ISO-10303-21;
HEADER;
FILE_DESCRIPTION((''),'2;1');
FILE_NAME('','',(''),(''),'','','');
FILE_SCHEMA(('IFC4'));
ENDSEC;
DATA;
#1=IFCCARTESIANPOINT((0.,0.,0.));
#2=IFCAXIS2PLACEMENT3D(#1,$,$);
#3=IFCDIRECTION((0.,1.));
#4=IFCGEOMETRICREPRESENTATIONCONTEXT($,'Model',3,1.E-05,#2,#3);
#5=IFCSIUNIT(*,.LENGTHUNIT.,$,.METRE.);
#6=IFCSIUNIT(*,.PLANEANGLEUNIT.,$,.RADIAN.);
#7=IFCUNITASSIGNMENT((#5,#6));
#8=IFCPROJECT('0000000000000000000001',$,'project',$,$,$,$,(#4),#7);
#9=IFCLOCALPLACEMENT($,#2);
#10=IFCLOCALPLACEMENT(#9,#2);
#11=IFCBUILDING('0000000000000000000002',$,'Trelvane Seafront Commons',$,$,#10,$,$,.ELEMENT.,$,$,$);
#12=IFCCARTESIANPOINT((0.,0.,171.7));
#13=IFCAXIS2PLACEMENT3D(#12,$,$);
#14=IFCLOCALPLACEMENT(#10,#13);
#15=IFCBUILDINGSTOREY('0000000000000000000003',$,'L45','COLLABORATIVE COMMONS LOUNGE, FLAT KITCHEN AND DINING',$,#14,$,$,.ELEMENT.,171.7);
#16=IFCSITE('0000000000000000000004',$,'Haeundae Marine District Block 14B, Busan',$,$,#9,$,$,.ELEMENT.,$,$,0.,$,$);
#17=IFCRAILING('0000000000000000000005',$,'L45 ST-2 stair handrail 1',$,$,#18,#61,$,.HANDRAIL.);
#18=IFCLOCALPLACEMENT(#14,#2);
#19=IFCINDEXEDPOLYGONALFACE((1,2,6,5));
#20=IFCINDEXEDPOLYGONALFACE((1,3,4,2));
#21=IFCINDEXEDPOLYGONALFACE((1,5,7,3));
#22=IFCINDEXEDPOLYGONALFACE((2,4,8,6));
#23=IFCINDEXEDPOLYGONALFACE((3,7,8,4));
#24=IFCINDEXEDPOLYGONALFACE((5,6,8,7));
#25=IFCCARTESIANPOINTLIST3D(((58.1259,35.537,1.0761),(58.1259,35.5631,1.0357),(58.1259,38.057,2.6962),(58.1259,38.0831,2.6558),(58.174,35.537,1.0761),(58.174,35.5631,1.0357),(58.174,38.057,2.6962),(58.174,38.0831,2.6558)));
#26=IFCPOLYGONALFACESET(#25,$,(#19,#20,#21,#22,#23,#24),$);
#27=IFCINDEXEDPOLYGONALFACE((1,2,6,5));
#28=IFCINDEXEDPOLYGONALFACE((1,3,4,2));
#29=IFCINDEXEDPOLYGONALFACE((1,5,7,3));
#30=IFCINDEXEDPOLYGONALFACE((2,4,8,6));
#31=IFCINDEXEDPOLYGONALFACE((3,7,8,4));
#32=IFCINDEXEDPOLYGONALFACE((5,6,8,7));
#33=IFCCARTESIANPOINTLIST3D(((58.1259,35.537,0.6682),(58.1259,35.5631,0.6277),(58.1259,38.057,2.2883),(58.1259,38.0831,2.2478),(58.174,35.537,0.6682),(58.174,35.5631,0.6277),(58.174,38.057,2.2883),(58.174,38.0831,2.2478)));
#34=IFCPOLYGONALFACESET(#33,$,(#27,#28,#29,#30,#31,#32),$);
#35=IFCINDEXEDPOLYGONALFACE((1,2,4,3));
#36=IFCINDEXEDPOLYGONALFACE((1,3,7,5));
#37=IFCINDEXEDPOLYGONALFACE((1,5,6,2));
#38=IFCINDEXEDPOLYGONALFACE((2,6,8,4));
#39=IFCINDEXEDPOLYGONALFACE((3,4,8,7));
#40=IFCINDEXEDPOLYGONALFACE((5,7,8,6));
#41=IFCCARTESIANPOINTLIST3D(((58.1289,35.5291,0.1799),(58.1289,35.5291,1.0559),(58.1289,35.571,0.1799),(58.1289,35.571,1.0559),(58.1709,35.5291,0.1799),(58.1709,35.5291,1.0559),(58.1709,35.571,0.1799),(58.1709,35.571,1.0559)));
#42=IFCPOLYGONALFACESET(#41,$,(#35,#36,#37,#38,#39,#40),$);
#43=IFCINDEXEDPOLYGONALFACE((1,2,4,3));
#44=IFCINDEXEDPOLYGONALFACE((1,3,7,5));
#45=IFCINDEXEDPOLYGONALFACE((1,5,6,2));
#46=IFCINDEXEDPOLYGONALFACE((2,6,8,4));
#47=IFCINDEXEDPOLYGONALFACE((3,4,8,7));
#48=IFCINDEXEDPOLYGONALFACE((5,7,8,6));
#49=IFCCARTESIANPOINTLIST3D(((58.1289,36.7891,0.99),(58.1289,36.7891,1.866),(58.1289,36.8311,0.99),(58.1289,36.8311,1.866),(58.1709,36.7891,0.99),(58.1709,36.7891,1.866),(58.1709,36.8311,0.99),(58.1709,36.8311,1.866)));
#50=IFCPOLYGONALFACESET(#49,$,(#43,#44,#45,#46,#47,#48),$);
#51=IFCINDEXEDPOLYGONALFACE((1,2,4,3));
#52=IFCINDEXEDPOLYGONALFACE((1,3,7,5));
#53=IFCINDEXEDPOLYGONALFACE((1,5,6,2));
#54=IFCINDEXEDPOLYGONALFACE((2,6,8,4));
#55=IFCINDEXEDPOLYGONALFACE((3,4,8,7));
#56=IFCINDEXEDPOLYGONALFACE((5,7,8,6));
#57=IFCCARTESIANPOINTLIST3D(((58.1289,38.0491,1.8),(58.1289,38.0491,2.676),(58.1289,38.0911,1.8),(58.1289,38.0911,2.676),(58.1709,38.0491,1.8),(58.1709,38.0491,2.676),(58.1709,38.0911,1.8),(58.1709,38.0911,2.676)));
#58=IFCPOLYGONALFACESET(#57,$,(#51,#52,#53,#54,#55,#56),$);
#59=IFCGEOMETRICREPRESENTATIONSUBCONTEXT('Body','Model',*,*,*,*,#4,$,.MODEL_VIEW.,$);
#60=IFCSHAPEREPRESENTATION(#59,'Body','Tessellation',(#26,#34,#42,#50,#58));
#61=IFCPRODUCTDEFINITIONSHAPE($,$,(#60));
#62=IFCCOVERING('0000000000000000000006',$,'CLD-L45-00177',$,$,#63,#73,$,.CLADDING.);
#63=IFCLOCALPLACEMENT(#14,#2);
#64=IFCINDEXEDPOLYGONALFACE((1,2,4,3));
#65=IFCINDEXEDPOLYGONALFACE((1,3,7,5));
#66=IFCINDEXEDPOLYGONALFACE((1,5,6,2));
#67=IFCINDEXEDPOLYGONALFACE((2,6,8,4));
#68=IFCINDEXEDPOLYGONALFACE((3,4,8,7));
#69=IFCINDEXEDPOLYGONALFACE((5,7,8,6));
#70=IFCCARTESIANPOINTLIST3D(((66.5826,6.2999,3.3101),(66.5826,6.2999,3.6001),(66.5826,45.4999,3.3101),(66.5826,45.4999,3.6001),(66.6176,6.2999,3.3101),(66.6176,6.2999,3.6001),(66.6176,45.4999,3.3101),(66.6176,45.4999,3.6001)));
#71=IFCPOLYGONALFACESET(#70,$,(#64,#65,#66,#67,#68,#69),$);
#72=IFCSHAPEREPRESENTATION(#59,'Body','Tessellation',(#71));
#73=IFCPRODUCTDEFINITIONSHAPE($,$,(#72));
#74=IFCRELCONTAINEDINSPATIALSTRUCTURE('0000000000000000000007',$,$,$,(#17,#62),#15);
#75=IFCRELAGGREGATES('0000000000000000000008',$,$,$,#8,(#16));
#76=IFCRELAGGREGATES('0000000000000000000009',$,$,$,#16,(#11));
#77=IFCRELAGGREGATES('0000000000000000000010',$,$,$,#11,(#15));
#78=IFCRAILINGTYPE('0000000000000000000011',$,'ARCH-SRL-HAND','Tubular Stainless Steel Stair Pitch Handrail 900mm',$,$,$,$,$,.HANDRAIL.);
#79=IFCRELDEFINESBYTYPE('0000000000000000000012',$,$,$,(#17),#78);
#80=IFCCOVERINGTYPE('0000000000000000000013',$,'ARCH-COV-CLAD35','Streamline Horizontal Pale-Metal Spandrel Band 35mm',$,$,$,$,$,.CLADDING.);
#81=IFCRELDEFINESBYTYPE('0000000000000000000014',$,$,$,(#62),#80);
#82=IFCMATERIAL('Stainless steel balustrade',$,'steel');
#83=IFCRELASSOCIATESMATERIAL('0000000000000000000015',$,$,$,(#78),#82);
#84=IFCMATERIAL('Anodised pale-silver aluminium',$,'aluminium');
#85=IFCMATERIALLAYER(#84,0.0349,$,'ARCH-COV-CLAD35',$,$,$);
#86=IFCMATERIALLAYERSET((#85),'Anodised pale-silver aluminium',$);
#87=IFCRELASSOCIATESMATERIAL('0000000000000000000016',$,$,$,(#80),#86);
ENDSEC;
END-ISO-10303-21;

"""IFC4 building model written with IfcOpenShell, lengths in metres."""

from ifc_helpers import new_model, si_unit, direction, frame, origin, origin_2d, place, context, subcontext, project, spatial, rectangle, extrude, source, transform, mapped, material, layer, layer_set, type_object, element, save


model = new_model("IFC4")

# Units and contexts
model_context = context("Model", 3, precision=1e-05, world=origin(), true_north=direction((0.0, 1.0)))
body_context = subcontext(model_context, "Body", "Model", "MODEL_VIEW")
ifc_project = project(units=[si_unit("LENGTHUNIT", "METRE"), si_unit("PLANEANGLEUNIT", "RADIAN")], contexts=[model_context])

# Site, building, storey
site_placement = place(None, origin())
site = spatial("IfcSite", under=ifc_project, at=site_placement, Name="Haeundae Marine District Block 14B, Busan", CompositionType="ELEMENT", RefElevation=0.0)
building_placement = place(site_placement, origin())
building = spatial("IfcBuilding", under=site, at=building_placement, Name="Trelvane Seafront Commons", CompositionType="ELEMENT")
storey_placement = place(building_placement, frame((0.0, 0.0, 171.7)))
storey = spatial("IfcBuildingStorey", under=building, at=storey_placement, Name="L45", Description="COLLABORATIVE COMMONS LOUNGE, FLAT KITCHEN AND DINING", CompositionType="ELEMENT", Elevation=171.7)

# Railing
ifc_material_1 = material(Name="Stainless steel balustrade", Category="steel")
railing_type_1 = type_object("IfcRailingType", Name="ARCH-SRL-HAND", Description="Tubular Stainless Steel Stair Pitch Handrail 900mm", PredefinedType="HANDRAIL", material=ifc_material_1)
railing_1_placement = place(storey_placement, frame((58.1499, 35.55, 0.1799)))
element("IfcRailing", 1, at=railing_1_placement, inside=storey, type_object=railing_type_1, Name="L45 ST-2 stair handrail 1", PredefinedType="HANDRAIL", context=body_context, shape_type="SweptSolid", body=[
    extrude(rectangle(XDim=0.0481, YDim=0.0481, at=origin_2d()), frame((0.0, 0.0, 0.876), z_axis=(0.0, 0.841163, 0.540782), x_axis=(-1.0, 0.0, 0.0)), (0.0, 0.0, 1.0), 2.9958),
    extrude(rectangle(XDim=0.0481, YDim=0.0481, at=origin_2d()), frame((0.0, 0.0, 0.468), z_axis=(0.0, 0.841163, 0.540782), x_axis=(-1.0, 0.0, 0.0)), (0.0, 0.0, 1.0), 2.9958),
    extrude(rectangle(XDim=0.042, YDim=0.042, at=origin_2d()), origin(), (0.0, 0.0, 1.0), 0.876),
    extrude(rectangle(XDim=0.042, YDim=0.042, at=origin_2d()), frame((0.0, 1.26, 0.8101)), (0.0, 0.0, 1.0), 0.876),
    extrude(rectangle(XDim=0.042, YDim=0.042, at=origin_2d()), frame((0.0, 2.52, 1.6201)), (0.0, 0.0, 1.0), 0.876),
])

# Covering
ifc_material_2 = material(Name="Anodised pale-silver aluminium", Category="aluminium")
ifc_layer_1 = layer(ifc_material_2, 0.0349, Name="ARCH-COV-CLAD35")
ifc_layer_set_1 = layer_set([ifc_layer_1], Name="Anodised pale-silver aluminium")
covering_type = type_object("IfcCoveringType", Name="ARCH-COV-CLAD35", Description="Streamline Horizontal Pale-Metal Spandrel Band 35mm", PredefinedType="CLADDING", material=ifc_layer_set_1)
shared_shape_1 = source(origin(), body_context, "Body", "SweptSolid", [
    extrude(rectangle(XDim=39.2, YDim=0.0349, at=origin_2d()), origin(), (0.0, 0.0, 1.0), 0.29),
])
covering_placement = place(storey_placement, frame((66.6001, 25.8999, 3.3101), z_axis=(0.0, 0.0, 1.0), x_axis=(0.0, -1.0, 0.0)))
element("IfcCovering", 2, at=covering_placement, inside=storey, type_object=covering_type, Name="CLD-L45-00177", PredefinedType="CLADDING", context=body_context, shape_type="MappedRepresentation", body=[
    mapped(shared_shape_1, transform((0.0, 0.0, 0.0), x_axis=(1.0, 0.0, 0.0), y_axis=(0.0, 1.0, 0.0), z_axis=(0.0, 0.0, 1.0), scale=1.0)),
])

save(model, "model.ifc")
